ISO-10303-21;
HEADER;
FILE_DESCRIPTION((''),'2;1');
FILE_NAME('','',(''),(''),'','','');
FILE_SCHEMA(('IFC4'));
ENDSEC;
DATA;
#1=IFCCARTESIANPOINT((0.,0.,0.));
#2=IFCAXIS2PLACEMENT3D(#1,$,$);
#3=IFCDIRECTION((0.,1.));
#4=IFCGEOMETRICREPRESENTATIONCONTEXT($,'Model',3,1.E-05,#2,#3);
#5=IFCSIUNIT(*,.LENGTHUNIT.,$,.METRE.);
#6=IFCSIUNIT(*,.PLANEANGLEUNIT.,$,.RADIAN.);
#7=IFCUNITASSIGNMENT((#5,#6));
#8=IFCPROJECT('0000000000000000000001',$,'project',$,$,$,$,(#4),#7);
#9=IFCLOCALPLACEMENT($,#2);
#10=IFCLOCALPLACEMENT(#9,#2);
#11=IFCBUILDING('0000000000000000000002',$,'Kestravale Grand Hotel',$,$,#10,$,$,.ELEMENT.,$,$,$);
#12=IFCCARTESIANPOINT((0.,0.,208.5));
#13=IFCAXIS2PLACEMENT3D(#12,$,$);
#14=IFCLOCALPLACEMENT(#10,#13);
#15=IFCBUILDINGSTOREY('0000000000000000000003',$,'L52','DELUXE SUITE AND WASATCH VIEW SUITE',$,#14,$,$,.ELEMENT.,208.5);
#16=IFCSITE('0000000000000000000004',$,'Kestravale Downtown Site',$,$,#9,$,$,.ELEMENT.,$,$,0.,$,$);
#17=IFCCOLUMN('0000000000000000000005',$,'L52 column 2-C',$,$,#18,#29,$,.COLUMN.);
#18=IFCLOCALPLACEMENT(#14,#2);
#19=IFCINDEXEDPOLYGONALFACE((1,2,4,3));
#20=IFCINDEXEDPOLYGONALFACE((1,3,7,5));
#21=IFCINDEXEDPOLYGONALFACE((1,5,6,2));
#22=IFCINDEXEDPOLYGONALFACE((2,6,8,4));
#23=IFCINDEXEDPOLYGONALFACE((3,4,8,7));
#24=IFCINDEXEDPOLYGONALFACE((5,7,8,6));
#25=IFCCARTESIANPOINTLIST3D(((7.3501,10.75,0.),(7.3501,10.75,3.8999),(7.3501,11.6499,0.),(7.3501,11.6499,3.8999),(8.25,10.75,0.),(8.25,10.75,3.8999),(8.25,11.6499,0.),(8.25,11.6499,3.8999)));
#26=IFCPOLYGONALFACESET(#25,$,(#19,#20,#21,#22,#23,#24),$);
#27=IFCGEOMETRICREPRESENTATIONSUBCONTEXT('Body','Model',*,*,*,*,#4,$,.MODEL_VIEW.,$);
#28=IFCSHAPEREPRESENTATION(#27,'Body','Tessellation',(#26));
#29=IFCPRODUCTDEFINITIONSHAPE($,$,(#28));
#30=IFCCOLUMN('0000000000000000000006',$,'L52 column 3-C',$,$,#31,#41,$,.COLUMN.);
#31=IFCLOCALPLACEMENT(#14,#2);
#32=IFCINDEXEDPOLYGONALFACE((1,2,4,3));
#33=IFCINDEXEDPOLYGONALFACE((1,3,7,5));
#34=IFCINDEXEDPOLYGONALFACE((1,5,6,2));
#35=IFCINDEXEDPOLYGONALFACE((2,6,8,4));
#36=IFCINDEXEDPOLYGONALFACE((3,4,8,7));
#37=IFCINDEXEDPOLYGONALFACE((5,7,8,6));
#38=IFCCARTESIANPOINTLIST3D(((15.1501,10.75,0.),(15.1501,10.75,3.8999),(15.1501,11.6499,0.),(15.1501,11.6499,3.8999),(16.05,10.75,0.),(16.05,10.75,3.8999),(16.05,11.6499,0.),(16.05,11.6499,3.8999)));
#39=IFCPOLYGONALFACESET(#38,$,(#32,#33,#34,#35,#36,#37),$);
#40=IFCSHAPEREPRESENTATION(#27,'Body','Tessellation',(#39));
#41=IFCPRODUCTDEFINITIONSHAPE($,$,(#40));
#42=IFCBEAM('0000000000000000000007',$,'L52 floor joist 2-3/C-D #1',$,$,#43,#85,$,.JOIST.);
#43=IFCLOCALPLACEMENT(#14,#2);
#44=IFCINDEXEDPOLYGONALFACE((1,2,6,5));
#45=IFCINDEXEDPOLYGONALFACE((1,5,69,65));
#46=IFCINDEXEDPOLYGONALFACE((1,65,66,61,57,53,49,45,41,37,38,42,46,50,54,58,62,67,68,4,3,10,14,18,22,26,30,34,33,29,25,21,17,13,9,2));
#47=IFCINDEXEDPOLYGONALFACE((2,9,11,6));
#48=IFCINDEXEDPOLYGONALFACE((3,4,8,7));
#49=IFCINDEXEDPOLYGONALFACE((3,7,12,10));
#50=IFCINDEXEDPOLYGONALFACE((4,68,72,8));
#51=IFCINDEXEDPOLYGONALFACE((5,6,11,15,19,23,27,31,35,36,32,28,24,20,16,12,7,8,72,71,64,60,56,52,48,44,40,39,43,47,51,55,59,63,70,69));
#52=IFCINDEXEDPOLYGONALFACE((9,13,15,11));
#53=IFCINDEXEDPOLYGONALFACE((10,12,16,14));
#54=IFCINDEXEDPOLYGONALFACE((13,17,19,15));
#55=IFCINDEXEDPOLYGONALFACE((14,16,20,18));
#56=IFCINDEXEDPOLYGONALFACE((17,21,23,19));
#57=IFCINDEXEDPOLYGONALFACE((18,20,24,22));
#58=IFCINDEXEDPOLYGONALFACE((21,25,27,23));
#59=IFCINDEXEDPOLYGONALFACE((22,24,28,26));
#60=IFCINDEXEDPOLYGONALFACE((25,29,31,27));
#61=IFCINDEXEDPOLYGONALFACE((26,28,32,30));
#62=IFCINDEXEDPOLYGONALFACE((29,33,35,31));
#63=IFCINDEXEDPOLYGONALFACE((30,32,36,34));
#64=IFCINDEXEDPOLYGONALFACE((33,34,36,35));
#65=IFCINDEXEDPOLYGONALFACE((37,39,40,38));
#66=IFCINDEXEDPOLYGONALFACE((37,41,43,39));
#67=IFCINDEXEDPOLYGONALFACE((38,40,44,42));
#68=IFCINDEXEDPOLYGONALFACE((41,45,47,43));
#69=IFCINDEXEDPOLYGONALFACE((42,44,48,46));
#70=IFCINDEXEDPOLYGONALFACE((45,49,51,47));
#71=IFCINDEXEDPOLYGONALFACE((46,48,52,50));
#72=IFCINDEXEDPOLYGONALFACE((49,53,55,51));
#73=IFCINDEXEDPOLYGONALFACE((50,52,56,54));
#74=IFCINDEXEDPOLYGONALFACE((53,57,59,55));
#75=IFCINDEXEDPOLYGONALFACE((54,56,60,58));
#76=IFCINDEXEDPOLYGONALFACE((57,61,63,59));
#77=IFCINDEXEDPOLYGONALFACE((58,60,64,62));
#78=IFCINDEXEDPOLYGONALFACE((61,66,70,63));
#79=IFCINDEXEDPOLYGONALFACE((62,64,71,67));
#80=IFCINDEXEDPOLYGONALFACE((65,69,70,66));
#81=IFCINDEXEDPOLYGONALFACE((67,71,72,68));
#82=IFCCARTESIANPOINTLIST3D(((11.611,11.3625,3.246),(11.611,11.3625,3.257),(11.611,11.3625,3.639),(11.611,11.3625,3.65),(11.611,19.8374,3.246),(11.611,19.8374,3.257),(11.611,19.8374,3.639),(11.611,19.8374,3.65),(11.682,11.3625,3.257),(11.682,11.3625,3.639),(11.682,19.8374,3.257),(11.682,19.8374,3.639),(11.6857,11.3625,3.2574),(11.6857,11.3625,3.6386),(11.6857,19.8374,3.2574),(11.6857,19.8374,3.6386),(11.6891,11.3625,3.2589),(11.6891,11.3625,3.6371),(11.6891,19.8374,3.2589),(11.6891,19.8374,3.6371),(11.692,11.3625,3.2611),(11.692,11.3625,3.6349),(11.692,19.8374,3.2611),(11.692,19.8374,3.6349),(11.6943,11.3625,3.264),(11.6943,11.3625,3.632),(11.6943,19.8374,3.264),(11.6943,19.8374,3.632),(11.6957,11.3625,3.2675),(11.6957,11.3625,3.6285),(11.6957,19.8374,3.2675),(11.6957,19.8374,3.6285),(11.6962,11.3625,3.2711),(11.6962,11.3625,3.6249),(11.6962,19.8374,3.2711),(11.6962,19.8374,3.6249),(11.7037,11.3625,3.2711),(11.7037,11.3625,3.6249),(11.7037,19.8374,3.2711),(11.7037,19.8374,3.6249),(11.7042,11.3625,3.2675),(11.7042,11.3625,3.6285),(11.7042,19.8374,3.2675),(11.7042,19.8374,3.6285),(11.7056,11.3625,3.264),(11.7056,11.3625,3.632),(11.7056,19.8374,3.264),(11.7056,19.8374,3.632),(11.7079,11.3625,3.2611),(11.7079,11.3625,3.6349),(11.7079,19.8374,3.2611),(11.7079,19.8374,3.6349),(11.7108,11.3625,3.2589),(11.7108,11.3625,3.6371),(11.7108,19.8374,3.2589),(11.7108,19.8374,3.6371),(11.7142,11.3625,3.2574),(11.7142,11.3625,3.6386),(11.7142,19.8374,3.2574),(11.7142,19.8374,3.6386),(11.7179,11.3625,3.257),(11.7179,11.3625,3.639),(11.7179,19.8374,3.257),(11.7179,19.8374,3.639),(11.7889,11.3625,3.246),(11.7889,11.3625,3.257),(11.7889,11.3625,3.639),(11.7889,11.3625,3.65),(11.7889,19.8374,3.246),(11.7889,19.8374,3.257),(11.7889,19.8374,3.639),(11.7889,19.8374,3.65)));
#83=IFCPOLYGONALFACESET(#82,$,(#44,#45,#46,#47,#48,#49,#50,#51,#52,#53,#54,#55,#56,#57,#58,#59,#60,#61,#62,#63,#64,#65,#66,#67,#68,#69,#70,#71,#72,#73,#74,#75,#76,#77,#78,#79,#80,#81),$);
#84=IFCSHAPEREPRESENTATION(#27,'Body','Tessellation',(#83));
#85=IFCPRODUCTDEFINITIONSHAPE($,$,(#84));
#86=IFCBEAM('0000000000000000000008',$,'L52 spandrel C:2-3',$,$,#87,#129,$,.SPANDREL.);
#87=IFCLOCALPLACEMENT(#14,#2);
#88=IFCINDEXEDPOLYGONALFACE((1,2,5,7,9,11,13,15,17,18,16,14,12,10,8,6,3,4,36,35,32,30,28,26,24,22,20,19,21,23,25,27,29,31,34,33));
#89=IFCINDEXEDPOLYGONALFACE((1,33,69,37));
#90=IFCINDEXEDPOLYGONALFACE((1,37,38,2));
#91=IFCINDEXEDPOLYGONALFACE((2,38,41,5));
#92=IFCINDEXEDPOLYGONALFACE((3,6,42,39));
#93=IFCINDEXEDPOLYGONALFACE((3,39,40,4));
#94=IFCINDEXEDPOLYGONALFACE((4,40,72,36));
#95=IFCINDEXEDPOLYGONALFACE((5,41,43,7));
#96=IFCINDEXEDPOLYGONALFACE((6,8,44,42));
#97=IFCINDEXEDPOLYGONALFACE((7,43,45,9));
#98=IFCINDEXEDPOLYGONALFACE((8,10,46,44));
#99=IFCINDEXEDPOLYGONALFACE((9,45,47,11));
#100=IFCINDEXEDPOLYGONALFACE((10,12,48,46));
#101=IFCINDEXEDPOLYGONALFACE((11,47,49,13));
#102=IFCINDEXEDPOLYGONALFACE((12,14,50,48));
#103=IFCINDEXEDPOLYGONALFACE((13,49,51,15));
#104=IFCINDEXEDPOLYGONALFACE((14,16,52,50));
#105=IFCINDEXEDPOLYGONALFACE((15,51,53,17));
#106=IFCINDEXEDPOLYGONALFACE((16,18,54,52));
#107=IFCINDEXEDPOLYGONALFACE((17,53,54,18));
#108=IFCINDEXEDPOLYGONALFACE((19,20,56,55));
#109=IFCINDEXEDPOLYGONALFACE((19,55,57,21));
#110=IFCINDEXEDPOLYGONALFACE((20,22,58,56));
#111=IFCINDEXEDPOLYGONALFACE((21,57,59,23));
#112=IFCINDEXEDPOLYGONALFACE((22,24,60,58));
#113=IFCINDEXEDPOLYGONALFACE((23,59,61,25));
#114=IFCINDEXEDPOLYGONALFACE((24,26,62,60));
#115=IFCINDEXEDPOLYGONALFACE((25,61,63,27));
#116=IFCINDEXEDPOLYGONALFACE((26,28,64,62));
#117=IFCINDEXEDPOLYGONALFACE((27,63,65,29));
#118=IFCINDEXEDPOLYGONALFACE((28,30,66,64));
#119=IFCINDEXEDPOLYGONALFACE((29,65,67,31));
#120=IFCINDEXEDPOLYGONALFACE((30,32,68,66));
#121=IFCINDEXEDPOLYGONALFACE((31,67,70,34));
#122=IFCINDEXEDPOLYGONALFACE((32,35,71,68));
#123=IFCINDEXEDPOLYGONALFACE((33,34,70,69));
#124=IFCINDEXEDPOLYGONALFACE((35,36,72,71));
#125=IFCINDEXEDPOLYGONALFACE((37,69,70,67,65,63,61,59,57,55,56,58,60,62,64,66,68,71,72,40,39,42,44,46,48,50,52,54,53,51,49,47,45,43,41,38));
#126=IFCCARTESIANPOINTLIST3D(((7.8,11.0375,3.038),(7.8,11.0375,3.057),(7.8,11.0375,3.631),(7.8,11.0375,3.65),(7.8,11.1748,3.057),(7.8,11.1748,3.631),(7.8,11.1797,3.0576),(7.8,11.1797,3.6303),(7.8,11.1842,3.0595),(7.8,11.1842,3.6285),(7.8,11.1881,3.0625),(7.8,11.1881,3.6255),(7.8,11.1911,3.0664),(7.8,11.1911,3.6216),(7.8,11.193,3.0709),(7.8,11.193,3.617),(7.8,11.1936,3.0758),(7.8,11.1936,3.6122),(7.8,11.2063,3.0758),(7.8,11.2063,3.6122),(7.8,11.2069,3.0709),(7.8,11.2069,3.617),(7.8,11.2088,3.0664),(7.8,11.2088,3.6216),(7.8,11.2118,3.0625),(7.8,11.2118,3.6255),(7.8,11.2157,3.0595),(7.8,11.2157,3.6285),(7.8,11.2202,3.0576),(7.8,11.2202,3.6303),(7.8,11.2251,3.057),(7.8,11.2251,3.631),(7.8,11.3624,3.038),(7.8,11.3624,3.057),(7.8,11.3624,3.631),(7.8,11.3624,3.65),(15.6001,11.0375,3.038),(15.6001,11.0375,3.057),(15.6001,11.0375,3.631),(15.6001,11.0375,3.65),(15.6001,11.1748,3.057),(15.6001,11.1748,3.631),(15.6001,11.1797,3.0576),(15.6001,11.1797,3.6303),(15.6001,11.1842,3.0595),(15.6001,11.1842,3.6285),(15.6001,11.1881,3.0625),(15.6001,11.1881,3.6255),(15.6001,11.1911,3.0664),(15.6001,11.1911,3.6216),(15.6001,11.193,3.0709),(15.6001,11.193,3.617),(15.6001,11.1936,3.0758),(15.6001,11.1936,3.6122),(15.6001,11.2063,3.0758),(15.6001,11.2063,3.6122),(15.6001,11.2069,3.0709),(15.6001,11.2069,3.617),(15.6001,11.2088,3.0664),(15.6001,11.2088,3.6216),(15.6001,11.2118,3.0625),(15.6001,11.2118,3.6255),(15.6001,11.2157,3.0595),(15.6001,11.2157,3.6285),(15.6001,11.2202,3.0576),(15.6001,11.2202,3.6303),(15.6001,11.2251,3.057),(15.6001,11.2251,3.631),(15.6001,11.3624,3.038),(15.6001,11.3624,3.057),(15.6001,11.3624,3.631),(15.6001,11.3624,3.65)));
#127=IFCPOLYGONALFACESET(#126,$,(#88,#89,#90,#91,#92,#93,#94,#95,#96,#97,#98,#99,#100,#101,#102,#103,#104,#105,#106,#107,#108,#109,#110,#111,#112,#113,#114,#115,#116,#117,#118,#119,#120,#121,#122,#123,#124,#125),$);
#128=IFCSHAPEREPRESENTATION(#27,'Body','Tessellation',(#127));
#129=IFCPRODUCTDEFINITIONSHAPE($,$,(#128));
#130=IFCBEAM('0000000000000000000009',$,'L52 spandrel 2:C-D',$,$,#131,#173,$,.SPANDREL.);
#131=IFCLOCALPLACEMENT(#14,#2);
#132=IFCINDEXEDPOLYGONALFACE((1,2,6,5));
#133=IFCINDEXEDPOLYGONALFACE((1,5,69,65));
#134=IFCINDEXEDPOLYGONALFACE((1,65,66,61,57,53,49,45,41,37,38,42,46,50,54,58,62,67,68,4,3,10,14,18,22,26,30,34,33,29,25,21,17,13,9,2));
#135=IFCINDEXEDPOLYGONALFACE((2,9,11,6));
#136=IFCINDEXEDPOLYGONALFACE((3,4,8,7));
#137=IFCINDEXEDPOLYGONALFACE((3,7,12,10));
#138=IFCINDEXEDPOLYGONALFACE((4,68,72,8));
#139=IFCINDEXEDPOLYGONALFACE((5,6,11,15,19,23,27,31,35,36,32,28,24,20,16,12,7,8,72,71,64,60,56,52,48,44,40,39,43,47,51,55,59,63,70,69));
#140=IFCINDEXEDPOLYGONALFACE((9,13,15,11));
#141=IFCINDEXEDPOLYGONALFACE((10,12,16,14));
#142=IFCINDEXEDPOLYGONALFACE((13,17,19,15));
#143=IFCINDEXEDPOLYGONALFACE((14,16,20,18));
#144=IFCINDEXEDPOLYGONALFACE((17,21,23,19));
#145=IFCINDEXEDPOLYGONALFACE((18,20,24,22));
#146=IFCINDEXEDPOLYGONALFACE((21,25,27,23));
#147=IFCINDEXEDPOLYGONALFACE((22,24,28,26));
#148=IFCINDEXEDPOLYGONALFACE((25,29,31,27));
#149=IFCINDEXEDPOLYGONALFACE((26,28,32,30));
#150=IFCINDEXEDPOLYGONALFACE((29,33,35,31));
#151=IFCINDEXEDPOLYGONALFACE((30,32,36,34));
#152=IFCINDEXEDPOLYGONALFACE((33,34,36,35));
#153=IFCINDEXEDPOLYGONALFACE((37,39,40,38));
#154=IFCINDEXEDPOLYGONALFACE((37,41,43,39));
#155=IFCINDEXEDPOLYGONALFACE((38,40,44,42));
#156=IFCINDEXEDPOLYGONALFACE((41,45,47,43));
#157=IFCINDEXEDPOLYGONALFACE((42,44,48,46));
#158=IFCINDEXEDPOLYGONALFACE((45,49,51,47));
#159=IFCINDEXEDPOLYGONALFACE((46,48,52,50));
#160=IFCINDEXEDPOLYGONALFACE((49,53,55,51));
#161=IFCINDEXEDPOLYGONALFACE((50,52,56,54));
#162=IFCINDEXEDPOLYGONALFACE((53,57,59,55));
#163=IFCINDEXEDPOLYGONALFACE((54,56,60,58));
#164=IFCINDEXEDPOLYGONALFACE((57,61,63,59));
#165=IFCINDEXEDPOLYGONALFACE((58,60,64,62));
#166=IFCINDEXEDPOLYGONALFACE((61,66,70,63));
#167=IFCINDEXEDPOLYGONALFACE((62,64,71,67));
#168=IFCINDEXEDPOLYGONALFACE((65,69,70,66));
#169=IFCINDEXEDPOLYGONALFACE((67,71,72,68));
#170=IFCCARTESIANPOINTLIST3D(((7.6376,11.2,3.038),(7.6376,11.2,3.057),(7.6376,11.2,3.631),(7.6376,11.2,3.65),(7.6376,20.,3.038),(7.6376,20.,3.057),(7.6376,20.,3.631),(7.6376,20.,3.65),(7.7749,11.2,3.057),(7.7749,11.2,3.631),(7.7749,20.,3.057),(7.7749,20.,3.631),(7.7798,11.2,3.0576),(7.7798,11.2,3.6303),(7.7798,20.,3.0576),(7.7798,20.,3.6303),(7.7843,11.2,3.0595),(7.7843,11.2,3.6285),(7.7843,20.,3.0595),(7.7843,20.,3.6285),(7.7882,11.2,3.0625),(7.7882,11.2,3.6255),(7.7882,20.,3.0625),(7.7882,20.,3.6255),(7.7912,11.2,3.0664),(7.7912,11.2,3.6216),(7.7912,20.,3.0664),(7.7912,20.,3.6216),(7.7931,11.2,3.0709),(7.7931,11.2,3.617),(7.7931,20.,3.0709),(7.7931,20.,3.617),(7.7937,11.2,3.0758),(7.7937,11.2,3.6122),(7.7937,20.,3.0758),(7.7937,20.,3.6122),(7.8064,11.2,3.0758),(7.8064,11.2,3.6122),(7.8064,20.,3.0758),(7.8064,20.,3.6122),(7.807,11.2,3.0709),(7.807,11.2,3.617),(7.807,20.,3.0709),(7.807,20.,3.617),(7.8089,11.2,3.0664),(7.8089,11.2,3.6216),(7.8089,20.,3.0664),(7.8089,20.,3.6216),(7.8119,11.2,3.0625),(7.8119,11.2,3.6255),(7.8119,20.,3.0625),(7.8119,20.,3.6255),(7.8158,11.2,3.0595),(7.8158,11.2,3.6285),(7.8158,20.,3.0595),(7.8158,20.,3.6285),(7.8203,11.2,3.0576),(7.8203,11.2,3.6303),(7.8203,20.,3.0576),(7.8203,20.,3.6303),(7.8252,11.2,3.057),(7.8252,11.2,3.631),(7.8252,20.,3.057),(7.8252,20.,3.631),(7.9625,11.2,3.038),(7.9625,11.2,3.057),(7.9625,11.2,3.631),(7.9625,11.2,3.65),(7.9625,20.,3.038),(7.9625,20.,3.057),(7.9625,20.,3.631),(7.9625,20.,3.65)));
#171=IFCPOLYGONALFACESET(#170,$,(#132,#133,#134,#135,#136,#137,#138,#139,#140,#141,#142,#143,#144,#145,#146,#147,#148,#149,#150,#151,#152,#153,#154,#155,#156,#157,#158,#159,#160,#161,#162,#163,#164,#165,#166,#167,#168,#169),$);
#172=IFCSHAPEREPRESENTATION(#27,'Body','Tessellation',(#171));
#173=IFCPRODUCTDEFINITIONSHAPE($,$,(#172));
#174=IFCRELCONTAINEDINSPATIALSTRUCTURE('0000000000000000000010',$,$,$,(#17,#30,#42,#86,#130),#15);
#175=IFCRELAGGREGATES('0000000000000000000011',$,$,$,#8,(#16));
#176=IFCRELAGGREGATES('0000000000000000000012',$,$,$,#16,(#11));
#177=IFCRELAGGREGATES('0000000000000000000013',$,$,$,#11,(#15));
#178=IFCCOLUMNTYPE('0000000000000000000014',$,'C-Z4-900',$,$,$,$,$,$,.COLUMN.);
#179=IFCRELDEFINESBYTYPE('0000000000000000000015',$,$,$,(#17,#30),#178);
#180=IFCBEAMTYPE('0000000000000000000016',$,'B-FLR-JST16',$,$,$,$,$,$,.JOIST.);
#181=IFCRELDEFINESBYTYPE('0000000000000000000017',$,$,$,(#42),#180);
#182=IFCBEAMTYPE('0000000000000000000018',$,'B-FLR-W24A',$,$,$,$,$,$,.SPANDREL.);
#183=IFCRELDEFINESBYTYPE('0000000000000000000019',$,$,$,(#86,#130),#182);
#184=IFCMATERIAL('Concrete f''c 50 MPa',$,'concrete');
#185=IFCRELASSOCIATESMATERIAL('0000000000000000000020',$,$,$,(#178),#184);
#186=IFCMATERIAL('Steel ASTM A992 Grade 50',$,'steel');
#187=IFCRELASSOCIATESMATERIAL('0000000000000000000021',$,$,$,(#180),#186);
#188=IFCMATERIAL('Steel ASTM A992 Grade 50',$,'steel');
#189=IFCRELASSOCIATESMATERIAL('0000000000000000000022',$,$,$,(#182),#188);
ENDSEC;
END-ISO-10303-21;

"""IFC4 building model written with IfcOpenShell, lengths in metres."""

from ifc_helpers import new_model, si_unit, direction, frame, origin, origin_2d, place, context, subcontext, project, spatial, rectangle, i_section, extrude, material, material_profile, profile_set, type_object, element, save


model = new_model("IFC4")

# Units and contexts
model_context = context("Model", 3, precision=1e-05, world=origin(), true_north=direction((0.0, 1.0)))
body_context = subcontext(model_context, "Body", "Model", "MODEL_VIEW")
ifc_project = project(units=[si_unit("LENGTHUNIT", "METRE"), si_unit("PLANEANGLEUNIT", "RADIAN")], contexts=[model_context])

# Site, building, storey
site_placement = place(None, origin())
site = spatial("IfcSite", under=ifc_project, at=site_placement, Name="Kestravale Downtown Site", CompositionType="ELEMENT", RefElevation=0.0)
building_placement = place(site_placement, origin())
building = spatial("IfcBuilding", under=site, at=building_placement, Name="Kestravale Grand Hotel", CompositionType="ELEMENT")
storey_placement = place(building_placement, frame((0.0, 0.0, 208.5)))
storey = spatial("IfcBuildingStorey", under=building, at=storey_placement, Name="L52", Description="DELUXE SUITE AND WASATCH VIEW SUITE", CompositionType="ELEMENT", Elevation=208.5)

# Columns
ifc_material_1 = material(Name="Concrete f'c 50 MPa", Category="concrete")
ifc_material_profile_1 = material_profile(ifc_material_1, rectangle(XDim=0.8999, YDim=0.8999, at=origin_2d()))
ifc_profile_set_1 = profile_set([ifc_material_profile_1], Name="Concrete f'c 50 MPa")
column_type = type_object("IfcColumnType", Name="C-Z4-900", PredefinedType="COLUMN", material=ifc_profile_set_1)
for number, where, z_axis, x_axis, name in (
    (1, (7.8, 11.2, 0.0), (0.0, 0.0, 1.0), (1.0, 0.0, 0.0), "L52 column 2-C"),
    (2, (15.6001, 11.2, 0.0), (0.0, 0.0, 1.0), (1.0, 0.0, 0.0), "L52 column 3-C"),
):
    element("IfcColumn", number, at=place(storey_placement, frame(where, z_axis=z_axis, x_axis=x_axis)), inside=storey, type_object=column_type, Name=name, PredefinedType="COLUMN", context=body_context, shape_type="SweptSolid", body=[
        extrude(rectangle(XDim=0.8999, YDim=0.8999, at=origin_2d()), origin(), (0.0, 0.0, 1.0), 3.8999),
    ])

# Beams
ifc_material_2 = material(Name="Steel ASTM A992 Grade 50", Category="steel")
ifc_material_profile_2 = material_profile(ifc_material_2, i_section(OverallWidth=0.178, OverallDepth=0.4041, WebThickness=0.0076, FlangeThickness=0.011, FilletRadius=0.0142, at=origin_2d()))
ifc_profile_set_2 = profile_set([ifc_material_profile_2], Name="Steel ASTM A992 Grade 50")
beam_type_1 = type_object("IfcBeamType", Name="B-FLR-JST16", PredefinedType="JOIST", material=ifc_profile_set_2)
beam_1_placement = place(storey_placement, frame((11.7, 11.3625, 3.448), z_axis=(0.0, 1.0, 0.0), x_axis=(-1.0, 0.0, 0.0)))
element("IfcBeam", 3, at=beam_1_placement, inside=storey, type_object=beam_type_1, Name="L52 floor joist 2-3/C-D #1", PredefinedType="JOIST", context=body_context, shape_type="SweptSolid", body=[
    extrude(i_section(OverallWidth=0.178, OverallDepth=0.4041, WebThickness=0.0076, FlangeThickness=0.011, FilletRadius=0.0142, at=origin_2d()), origin(), (0.0, 0.0, 1.0), 8.4749),
])
ifc_material_3 = material(Name="Steel ASTM A992 Grade 50", Category="steel")
ifc_material_profile_3 = material_profile(ifc_material_3, i_section(OverallWidth=0.325, OverallDepth=0.6121, WebThickness=0.0127, FlangeThickness=0.019, FilletRadius=0.0188, at=origin_2d()))
ifc_profile_set_3 = profile_set([ifc_material_profile_3], Name="Steel ASTM A992 Grade 50")
beam_type_2 = type_object("IfcBeamType", Name="B-FLR-W24A", PredefinedType="SPANDREL", material=ifc_profile_set_3)
beam_2_placement = place(storey_placement, frame((7.8, 11.2, 3.344), z_axis=(1.0, 0.0, 0.0), x_axis=(0.0, 1.0, 0.0)))
element("IfcBeam", 4, at=beam_2_placement, inside=storey, type_object=beam_type_2, Name="L52 spandrel C:2-3", PredefinedType="SPANDREL", context=body_context, shape_type="SweptSolid", body=[
    extrude(i_section(OverallWidth=0.325, OverallDepth=0.6121, WebThickness=0.0127, FlangeThickness=0.019, FilletRadius=0.0188, at=origin_2d()), origin(), (0.0, 0.0, 1.0), 7.8),
])
beam_3_placement = place(storey_placement, frame((7.8, 11.2, 3.344), z_axis=(0.0, 1.0, 0.0), x_axis=(-1.0, 0.0, 0.0)))
element("IfcBeam", 5, at=beam_3_placement, inside=storey, type_object=beam_type_2, Name="L52 spandrel 2:C-D", PredefinedType="SPANDREL", context=body_context, shape_type="SweptSolid", body=[
    extrude(i_section(OverallWidth=0.325, OverallDepth=0.6121, WebThickness=0.0127, FlangeThickness=0.019, FilletRadius=0.0188, at=origin_2d()), origin(), (0.0, 0.0, 1.0), 8.8),
])

save(model, "model.ifc")
